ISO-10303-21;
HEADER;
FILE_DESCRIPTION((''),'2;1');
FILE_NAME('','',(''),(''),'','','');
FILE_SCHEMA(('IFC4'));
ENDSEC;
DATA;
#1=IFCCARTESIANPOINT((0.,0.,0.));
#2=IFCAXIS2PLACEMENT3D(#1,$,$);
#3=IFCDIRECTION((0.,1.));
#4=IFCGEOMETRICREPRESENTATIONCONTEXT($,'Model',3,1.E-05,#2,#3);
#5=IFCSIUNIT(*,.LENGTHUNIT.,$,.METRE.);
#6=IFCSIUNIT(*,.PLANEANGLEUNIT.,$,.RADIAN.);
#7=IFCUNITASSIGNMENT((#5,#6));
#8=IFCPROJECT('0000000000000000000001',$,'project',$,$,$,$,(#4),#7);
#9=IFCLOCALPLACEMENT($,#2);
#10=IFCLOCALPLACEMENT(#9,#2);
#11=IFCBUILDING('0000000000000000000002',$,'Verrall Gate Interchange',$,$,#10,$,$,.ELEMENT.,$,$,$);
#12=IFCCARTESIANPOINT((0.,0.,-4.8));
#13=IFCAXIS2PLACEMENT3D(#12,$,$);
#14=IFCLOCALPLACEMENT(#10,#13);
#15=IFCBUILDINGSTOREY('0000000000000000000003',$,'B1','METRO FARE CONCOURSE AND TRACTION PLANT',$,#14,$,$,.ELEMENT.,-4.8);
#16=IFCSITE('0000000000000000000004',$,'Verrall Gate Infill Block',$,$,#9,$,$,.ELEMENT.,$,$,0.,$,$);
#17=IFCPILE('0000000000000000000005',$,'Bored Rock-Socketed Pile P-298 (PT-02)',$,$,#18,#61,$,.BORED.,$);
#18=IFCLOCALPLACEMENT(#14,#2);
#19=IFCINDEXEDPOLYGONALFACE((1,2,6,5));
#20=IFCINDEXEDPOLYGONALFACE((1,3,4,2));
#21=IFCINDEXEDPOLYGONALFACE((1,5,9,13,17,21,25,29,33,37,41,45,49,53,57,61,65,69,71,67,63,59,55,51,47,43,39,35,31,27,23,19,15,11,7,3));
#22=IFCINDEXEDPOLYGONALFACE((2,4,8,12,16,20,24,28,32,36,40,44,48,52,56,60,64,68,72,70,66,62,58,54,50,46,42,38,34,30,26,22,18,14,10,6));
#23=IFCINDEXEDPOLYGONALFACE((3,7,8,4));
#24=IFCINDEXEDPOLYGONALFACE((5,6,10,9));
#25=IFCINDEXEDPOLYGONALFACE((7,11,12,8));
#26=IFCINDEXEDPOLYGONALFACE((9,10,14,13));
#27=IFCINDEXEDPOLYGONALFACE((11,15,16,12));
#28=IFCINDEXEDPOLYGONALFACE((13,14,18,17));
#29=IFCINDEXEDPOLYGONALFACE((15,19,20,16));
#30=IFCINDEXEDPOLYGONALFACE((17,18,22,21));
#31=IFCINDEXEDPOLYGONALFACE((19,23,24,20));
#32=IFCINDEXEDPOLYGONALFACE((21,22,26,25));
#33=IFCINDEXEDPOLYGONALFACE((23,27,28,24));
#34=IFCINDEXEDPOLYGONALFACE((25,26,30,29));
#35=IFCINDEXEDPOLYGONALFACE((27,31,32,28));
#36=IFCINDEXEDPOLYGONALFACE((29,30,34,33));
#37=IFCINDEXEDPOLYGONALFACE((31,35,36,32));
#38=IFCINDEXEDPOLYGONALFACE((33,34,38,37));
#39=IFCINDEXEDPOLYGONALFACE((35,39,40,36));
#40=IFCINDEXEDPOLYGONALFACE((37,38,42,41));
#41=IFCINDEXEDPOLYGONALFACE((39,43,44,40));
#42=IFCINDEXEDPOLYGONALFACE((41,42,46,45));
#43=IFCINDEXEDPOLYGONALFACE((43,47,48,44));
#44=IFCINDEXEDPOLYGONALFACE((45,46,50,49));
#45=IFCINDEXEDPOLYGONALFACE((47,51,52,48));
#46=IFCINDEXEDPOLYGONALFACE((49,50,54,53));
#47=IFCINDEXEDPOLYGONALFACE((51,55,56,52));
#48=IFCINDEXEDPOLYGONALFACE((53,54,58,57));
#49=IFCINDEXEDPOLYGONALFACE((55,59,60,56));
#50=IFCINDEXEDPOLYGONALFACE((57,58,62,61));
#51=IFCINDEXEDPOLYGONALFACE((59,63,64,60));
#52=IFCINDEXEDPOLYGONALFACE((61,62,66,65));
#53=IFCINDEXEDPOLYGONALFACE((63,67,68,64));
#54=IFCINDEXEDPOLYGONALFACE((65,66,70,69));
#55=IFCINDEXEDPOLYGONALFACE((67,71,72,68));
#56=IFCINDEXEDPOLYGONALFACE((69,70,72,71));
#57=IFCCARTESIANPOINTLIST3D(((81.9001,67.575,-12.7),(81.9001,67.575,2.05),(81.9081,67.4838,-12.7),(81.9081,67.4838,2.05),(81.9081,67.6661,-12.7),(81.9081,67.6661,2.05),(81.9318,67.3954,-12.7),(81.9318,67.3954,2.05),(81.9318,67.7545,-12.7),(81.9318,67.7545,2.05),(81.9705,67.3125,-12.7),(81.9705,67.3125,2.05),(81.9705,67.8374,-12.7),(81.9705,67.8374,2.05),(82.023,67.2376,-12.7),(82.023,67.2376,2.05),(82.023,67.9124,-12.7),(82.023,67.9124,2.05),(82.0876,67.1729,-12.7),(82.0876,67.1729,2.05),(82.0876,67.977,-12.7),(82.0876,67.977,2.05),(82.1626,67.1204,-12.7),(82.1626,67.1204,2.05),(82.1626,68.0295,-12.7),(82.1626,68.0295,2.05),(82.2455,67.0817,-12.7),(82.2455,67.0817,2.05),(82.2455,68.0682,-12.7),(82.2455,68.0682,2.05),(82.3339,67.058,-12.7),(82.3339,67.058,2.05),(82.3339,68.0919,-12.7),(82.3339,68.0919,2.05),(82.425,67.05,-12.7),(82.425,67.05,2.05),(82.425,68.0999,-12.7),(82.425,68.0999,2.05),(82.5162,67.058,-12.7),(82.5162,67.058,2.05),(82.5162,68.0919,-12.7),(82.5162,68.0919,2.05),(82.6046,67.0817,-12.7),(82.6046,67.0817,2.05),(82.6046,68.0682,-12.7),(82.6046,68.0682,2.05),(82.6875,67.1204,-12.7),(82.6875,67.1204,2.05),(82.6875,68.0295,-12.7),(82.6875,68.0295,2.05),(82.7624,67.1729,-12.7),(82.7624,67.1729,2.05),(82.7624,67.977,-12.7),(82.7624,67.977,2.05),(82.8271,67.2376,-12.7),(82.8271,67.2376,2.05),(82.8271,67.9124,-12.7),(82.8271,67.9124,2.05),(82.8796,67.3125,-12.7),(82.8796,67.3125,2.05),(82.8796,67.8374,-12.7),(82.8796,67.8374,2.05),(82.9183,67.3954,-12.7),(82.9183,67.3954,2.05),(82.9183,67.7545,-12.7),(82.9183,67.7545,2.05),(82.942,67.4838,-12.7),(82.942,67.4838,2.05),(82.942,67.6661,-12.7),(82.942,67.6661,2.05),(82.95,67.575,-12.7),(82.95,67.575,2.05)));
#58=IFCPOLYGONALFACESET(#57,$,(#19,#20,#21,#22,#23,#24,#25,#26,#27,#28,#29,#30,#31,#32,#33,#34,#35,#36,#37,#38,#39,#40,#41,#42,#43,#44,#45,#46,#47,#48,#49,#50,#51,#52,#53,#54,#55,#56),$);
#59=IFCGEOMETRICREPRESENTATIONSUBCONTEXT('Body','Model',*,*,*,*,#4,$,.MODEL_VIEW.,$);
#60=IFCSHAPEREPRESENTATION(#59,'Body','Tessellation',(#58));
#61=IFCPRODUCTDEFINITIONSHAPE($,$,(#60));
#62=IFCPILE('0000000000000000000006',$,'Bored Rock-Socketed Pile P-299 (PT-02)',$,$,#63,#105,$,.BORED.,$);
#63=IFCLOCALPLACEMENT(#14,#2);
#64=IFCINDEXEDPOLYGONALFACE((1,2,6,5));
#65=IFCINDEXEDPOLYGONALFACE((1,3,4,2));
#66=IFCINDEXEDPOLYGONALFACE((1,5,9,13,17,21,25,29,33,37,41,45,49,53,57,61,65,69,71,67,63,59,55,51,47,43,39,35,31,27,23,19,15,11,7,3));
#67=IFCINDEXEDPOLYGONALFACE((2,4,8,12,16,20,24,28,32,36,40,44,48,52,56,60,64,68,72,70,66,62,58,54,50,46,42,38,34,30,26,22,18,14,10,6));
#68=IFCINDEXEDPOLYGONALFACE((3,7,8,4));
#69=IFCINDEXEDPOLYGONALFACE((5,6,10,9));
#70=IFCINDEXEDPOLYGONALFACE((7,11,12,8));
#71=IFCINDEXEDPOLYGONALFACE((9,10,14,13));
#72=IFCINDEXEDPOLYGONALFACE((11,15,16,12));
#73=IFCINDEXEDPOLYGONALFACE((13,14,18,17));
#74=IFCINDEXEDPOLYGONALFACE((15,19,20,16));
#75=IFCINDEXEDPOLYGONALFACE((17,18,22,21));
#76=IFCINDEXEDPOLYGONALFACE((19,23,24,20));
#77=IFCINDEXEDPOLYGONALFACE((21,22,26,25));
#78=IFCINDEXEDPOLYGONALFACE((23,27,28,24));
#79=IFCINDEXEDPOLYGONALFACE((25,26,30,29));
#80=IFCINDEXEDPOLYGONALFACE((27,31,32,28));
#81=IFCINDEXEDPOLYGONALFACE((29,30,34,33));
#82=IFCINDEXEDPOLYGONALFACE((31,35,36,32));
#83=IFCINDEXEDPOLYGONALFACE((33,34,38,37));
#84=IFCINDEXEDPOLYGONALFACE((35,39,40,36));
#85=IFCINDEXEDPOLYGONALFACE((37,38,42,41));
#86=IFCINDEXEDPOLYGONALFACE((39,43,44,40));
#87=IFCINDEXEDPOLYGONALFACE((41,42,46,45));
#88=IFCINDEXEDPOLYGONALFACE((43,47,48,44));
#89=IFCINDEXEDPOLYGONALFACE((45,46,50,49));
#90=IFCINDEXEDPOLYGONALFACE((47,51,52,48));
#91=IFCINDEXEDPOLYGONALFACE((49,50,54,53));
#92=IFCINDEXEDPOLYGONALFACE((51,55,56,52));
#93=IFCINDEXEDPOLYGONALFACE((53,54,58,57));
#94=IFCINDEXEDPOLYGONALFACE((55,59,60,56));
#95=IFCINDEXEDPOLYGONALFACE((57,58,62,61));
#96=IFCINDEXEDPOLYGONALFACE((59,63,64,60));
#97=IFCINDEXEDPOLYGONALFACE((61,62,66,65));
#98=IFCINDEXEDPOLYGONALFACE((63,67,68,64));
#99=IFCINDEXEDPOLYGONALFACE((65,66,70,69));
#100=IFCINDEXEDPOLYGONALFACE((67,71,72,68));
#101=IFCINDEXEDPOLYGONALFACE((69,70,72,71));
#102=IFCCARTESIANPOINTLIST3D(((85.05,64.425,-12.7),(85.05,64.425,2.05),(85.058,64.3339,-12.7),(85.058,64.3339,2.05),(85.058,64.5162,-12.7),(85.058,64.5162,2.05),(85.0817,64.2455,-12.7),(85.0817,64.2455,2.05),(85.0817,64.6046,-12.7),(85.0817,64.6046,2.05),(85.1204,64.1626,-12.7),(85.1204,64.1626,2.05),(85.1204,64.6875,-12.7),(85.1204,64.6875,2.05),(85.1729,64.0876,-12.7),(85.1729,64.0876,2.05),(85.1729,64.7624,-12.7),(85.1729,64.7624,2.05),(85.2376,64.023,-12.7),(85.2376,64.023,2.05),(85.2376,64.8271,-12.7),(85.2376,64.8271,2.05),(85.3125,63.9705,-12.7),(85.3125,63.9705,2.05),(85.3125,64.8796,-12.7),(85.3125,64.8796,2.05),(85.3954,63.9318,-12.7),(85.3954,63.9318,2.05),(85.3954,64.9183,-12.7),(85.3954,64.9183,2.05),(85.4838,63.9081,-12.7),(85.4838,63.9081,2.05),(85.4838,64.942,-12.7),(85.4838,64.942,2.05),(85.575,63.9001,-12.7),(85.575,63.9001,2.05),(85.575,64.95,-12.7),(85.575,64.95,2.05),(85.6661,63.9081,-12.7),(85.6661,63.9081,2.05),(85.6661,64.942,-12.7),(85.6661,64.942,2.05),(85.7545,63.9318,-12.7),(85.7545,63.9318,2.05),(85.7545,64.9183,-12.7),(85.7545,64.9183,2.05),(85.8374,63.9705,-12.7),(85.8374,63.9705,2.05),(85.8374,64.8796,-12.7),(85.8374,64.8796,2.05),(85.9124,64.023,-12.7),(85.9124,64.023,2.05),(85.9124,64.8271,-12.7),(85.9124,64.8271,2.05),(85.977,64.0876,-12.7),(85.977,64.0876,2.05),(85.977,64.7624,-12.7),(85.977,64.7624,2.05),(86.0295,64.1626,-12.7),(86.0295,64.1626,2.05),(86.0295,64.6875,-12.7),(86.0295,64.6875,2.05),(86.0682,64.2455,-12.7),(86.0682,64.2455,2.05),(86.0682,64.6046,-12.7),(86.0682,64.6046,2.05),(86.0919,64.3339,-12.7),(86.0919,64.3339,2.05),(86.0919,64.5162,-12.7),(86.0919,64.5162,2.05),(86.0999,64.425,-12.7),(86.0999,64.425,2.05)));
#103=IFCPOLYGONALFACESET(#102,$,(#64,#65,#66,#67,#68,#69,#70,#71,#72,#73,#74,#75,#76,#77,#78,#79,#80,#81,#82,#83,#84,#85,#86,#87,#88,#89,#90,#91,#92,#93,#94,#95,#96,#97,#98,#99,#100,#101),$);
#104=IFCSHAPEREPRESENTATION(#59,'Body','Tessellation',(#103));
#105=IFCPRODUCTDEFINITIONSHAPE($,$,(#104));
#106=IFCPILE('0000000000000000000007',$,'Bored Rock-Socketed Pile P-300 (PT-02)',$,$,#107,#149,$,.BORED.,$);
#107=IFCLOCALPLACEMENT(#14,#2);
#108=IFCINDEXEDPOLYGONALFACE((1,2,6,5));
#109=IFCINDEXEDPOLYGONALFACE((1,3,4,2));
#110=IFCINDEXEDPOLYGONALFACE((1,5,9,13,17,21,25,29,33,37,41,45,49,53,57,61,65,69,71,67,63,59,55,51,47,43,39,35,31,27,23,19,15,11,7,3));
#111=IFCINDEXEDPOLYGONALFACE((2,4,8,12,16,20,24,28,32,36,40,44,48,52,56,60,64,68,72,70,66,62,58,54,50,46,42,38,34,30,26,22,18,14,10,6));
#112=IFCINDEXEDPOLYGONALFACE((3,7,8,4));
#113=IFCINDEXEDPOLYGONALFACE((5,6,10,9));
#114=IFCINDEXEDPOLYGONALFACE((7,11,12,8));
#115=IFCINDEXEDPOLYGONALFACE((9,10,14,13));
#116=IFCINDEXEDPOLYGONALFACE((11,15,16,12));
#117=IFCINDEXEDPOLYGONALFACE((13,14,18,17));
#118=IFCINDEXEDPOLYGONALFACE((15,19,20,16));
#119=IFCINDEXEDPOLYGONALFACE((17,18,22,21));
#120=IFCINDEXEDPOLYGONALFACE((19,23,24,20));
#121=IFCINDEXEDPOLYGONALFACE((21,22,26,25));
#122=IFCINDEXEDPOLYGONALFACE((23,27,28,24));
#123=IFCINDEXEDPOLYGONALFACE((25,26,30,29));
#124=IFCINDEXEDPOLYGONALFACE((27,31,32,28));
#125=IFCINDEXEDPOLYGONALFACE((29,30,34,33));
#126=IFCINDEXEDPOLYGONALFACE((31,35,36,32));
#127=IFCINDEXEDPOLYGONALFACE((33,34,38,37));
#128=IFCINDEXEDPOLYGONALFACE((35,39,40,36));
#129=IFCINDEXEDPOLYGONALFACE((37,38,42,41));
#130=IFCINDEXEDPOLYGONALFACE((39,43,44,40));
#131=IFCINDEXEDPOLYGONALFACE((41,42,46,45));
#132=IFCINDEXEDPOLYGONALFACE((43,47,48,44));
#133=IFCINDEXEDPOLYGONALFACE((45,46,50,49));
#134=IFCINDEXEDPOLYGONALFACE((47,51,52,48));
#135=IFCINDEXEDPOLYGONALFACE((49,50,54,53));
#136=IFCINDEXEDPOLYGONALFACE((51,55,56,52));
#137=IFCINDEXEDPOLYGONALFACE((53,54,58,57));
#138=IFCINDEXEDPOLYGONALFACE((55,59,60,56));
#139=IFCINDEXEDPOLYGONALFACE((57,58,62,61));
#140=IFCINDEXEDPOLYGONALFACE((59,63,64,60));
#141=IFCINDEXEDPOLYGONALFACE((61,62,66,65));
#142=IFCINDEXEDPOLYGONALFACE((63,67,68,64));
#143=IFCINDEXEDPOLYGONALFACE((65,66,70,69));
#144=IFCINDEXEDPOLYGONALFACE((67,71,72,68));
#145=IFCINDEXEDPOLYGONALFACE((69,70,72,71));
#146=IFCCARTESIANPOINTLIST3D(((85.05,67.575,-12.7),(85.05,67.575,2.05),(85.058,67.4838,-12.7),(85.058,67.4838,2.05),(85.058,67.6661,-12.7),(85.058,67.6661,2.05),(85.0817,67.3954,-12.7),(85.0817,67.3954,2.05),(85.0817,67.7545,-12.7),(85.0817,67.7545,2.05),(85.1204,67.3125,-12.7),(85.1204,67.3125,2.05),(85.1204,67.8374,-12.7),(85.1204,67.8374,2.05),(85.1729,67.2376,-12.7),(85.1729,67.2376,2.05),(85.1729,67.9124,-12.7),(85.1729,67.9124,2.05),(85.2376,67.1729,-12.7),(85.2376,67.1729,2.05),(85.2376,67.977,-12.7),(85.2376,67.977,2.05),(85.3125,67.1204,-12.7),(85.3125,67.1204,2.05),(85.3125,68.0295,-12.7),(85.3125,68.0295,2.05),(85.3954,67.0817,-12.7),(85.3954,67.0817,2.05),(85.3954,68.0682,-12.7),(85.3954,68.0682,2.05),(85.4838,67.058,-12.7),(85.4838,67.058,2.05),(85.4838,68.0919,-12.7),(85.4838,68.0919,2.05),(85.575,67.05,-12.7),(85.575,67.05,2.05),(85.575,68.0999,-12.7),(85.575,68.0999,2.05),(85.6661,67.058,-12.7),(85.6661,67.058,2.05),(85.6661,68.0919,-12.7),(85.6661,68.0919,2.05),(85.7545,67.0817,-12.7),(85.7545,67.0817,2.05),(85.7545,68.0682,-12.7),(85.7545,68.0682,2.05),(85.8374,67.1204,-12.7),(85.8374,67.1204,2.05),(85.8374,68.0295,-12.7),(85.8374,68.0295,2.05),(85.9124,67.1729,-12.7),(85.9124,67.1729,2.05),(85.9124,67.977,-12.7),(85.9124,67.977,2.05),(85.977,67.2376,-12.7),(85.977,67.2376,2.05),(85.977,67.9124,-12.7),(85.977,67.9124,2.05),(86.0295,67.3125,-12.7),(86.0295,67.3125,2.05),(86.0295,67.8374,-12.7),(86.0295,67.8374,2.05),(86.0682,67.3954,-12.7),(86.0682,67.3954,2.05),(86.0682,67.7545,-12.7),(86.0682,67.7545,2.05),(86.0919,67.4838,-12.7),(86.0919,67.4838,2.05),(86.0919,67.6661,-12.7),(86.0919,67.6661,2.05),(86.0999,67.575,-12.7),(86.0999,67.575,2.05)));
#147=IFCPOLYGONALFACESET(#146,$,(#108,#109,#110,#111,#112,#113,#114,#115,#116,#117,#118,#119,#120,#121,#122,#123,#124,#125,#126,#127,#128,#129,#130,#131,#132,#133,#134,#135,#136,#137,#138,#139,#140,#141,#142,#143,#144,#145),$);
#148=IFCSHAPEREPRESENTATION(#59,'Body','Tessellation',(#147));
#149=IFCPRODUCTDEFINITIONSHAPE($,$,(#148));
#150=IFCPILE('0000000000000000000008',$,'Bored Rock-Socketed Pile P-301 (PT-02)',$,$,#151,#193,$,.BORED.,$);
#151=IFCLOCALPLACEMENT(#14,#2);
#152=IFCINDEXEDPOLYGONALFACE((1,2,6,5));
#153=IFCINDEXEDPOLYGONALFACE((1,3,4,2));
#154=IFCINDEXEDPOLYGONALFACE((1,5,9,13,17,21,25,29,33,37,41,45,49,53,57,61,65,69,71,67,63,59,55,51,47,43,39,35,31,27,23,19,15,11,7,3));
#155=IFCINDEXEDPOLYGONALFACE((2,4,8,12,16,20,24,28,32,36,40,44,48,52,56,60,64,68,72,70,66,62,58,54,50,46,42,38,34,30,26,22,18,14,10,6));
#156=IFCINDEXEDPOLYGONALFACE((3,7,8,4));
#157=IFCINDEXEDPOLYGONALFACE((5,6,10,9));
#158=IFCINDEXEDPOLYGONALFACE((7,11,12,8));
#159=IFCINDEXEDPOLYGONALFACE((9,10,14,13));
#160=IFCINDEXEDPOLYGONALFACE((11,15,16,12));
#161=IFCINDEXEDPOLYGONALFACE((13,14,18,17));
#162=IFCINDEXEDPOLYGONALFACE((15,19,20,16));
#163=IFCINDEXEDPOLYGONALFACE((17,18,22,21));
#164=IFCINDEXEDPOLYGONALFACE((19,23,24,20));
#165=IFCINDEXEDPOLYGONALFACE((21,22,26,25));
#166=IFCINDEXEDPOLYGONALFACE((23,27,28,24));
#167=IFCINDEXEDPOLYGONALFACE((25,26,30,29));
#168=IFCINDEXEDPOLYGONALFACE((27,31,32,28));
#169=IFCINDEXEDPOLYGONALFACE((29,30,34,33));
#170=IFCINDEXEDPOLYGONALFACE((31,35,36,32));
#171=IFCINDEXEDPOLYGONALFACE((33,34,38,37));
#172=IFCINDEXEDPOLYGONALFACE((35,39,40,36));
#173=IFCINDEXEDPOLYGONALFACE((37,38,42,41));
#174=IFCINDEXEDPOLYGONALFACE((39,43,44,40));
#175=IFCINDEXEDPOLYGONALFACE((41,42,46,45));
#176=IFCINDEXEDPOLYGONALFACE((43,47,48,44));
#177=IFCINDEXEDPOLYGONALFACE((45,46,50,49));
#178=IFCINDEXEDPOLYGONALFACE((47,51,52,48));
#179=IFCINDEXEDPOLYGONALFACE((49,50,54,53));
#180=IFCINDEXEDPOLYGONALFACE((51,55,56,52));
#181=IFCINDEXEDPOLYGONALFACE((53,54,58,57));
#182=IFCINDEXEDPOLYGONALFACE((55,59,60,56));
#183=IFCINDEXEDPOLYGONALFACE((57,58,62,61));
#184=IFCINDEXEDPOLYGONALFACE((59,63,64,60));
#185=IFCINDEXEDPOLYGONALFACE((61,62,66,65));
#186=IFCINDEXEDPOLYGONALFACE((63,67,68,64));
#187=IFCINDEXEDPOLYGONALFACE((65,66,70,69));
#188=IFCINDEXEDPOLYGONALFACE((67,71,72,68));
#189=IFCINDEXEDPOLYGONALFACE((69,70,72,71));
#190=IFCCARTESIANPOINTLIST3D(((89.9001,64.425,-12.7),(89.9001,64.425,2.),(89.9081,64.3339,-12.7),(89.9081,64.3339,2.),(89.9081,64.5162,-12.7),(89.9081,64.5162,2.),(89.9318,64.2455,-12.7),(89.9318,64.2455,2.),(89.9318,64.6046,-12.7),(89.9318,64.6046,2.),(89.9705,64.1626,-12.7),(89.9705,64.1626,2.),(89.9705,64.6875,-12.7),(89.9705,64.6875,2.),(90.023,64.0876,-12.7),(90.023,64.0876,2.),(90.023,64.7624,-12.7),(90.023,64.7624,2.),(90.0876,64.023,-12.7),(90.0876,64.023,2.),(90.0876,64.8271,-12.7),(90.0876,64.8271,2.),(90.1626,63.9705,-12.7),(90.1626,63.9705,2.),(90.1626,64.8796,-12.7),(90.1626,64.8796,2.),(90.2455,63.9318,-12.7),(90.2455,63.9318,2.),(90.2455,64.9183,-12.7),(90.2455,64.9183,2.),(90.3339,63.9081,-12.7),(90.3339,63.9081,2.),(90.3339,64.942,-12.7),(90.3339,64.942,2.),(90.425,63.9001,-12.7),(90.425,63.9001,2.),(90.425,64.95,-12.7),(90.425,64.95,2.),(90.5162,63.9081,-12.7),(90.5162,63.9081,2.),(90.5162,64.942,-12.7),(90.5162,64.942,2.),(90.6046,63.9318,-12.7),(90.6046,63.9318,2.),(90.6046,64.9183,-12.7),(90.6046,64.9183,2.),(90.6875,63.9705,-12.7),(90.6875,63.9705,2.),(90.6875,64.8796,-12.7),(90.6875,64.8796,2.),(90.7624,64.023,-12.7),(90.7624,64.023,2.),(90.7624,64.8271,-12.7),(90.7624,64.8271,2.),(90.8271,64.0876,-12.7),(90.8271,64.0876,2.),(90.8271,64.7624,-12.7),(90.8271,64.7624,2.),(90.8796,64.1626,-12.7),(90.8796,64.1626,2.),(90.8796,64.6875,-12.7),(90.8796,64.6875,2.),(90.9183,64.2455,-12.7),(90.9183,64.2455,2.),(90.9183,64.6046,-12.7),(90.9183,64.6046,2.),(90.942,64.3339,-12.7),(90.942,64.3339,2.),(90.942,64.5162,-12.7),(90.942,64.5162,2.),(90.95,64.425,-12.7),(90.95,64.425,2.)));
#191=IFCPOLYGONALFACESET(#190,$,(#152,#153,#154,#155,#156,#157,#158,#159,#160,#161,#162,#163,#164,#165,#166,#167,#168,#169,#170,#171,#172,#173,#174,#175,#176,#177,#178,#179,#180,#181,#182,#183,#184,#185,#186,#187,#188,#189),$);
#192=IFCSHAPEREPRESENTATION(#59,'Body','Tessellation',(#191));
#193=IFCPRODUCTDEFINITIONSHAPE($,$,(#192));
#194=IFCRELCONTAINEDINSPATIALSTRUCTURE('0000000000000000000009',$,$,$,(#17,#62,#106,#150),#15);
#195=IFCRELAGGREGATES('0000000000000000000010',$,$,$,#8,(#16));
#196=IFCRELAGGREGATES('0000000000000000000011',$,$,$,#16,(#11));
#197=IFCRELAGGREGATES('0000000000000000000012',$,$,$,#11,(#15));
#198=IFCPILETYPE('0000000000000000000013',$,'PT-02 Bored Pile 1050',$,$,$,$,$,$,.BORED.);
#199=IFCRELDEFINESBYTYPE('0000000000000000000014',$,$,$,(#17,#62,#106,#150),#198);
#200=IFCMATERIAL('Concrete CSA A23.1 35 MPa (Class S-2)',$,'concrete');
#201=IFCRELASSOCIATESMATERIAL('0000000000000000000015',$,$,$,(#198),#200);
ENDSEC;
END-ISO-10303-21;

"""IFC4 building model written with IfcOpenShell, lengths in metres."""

from ifc_helpers import new_model, si_unit, direction, frame, origin, origin_2d, place, context, subcontext, project, spatial, circle, extrude, material, material_profile, profile_set, type_object, element, save


model = new_model("IFC4")

# Units and contexts
model_context = context("Model", 3, precision=1e-05, world=origin(), true_north=direction((0.0, 1.0)))
body_context = subcontext(model_context, "Body", "Model", "MODEL_VIEW")
ifc_project = project(units=[si_unit("LENGTHUNIT", "METRE"), si_unit("PLANEANGLEUNIT", "RADIAN")], contexts=[model_context])

# Site, building, storey
site_placement = place(None, origin())
site = spatial("IfcSite", under=ifc_project, at=site_placement, Name="Verrall Gate Infill Block", CompositionType="ELEMENT", RefElevation=0.0)
building_placement = place(site_placement, origin())
building = spatial("IfcBuilding", under=site, at=building_placement, Name="Verrall Gate Interchange", CompositionType="ELEMENT")
storey_placement = place(building_placement, frame((0.0, 0.0, -4.8)))
storey = spatial("IfcBuildingStorey", under=building, at=storey_placement, Name="B1", Description="METRO FARE CONCOURSE AND TRACTION PLANT", CompositionType="ELEMENT", Elevation=-4.8)

# Piles
ifc_material_1 = material(Name="Concrete CSA A23.1 35 MPa (Class S-2)", Category="concrete")
ifc_material_profile_1 = material_profile(ifc_material_1, circle(Radius=0.5249, at=origin_2d()), Name="PILE1050D")
ifc_profile_set_1 = profile_set([ifc_material_profile_1], Name="Concrete CSA A23.1 35 MPa (Class S-2)")
pile_type = type_object("IfcPileType", Name="PT-02 Bored Pile 1050", PredefinedType="BORED", material=ifc_profile_set_1)
for number, where, z_axis, x_axis, name in (
    (1, (82.425, 67.575, 2.05), (0.0, 0.0, -1.0), (1.0, 0.0, 0.0), "Bored Rock-Socketed Pile P-298 (PT-02)"),
    (2, (85.575, 64.425, 2.05), (0.0, 0.0, -1.0), (1.0, 0.0, 0.0), "Bored Rock-Socketed Pile P-299 (PT-02)"),
    (3, (85.575, 67.575, 2.05), (0.0, 0.0, -1.0), (1.0, 0.0, 0.0), "Bored Rock-Socketed Pile P-300 (PT-02)"),
):
    element("IfcPile", number, at=place(storey_placement, frame(where, z_axis=z_axis, x_axis=x_axis)), inside=storey, type_object=pile_type, Name=name, PredefinedType="BORED", context=body_context, shape_type="SweptSolid", body=[
        extrude(circle(Radius=0.5249, at=origin_2d()), origin(), (0.0, 0.0, 1.0), 14.75),
    ])
for number, where, z_axis, x_axis, name in (
    (4, (90.425, 64.425, 2.0), (0.0, 0.0, -1.0), (1.0, 0.0, 0.0), "Bored Rock-Socketed Pile P-301 (PT-02)"),
):
    element("IfcPile", number, at=place(storey_placement, frame(where, z_axis=z_axis, x_axis=x_axis)), inside=storey, type_object=pile_type, Name=name, PredefinedType="BORED", context=body_context, shape_type="SweptSolid", body=[
        extrude(circle(Radius=0.5249, at=origin_2d()), origin(), (0.0, 0.0, 1.0), 14.7),
    ])

save(model, "model.ifc")
